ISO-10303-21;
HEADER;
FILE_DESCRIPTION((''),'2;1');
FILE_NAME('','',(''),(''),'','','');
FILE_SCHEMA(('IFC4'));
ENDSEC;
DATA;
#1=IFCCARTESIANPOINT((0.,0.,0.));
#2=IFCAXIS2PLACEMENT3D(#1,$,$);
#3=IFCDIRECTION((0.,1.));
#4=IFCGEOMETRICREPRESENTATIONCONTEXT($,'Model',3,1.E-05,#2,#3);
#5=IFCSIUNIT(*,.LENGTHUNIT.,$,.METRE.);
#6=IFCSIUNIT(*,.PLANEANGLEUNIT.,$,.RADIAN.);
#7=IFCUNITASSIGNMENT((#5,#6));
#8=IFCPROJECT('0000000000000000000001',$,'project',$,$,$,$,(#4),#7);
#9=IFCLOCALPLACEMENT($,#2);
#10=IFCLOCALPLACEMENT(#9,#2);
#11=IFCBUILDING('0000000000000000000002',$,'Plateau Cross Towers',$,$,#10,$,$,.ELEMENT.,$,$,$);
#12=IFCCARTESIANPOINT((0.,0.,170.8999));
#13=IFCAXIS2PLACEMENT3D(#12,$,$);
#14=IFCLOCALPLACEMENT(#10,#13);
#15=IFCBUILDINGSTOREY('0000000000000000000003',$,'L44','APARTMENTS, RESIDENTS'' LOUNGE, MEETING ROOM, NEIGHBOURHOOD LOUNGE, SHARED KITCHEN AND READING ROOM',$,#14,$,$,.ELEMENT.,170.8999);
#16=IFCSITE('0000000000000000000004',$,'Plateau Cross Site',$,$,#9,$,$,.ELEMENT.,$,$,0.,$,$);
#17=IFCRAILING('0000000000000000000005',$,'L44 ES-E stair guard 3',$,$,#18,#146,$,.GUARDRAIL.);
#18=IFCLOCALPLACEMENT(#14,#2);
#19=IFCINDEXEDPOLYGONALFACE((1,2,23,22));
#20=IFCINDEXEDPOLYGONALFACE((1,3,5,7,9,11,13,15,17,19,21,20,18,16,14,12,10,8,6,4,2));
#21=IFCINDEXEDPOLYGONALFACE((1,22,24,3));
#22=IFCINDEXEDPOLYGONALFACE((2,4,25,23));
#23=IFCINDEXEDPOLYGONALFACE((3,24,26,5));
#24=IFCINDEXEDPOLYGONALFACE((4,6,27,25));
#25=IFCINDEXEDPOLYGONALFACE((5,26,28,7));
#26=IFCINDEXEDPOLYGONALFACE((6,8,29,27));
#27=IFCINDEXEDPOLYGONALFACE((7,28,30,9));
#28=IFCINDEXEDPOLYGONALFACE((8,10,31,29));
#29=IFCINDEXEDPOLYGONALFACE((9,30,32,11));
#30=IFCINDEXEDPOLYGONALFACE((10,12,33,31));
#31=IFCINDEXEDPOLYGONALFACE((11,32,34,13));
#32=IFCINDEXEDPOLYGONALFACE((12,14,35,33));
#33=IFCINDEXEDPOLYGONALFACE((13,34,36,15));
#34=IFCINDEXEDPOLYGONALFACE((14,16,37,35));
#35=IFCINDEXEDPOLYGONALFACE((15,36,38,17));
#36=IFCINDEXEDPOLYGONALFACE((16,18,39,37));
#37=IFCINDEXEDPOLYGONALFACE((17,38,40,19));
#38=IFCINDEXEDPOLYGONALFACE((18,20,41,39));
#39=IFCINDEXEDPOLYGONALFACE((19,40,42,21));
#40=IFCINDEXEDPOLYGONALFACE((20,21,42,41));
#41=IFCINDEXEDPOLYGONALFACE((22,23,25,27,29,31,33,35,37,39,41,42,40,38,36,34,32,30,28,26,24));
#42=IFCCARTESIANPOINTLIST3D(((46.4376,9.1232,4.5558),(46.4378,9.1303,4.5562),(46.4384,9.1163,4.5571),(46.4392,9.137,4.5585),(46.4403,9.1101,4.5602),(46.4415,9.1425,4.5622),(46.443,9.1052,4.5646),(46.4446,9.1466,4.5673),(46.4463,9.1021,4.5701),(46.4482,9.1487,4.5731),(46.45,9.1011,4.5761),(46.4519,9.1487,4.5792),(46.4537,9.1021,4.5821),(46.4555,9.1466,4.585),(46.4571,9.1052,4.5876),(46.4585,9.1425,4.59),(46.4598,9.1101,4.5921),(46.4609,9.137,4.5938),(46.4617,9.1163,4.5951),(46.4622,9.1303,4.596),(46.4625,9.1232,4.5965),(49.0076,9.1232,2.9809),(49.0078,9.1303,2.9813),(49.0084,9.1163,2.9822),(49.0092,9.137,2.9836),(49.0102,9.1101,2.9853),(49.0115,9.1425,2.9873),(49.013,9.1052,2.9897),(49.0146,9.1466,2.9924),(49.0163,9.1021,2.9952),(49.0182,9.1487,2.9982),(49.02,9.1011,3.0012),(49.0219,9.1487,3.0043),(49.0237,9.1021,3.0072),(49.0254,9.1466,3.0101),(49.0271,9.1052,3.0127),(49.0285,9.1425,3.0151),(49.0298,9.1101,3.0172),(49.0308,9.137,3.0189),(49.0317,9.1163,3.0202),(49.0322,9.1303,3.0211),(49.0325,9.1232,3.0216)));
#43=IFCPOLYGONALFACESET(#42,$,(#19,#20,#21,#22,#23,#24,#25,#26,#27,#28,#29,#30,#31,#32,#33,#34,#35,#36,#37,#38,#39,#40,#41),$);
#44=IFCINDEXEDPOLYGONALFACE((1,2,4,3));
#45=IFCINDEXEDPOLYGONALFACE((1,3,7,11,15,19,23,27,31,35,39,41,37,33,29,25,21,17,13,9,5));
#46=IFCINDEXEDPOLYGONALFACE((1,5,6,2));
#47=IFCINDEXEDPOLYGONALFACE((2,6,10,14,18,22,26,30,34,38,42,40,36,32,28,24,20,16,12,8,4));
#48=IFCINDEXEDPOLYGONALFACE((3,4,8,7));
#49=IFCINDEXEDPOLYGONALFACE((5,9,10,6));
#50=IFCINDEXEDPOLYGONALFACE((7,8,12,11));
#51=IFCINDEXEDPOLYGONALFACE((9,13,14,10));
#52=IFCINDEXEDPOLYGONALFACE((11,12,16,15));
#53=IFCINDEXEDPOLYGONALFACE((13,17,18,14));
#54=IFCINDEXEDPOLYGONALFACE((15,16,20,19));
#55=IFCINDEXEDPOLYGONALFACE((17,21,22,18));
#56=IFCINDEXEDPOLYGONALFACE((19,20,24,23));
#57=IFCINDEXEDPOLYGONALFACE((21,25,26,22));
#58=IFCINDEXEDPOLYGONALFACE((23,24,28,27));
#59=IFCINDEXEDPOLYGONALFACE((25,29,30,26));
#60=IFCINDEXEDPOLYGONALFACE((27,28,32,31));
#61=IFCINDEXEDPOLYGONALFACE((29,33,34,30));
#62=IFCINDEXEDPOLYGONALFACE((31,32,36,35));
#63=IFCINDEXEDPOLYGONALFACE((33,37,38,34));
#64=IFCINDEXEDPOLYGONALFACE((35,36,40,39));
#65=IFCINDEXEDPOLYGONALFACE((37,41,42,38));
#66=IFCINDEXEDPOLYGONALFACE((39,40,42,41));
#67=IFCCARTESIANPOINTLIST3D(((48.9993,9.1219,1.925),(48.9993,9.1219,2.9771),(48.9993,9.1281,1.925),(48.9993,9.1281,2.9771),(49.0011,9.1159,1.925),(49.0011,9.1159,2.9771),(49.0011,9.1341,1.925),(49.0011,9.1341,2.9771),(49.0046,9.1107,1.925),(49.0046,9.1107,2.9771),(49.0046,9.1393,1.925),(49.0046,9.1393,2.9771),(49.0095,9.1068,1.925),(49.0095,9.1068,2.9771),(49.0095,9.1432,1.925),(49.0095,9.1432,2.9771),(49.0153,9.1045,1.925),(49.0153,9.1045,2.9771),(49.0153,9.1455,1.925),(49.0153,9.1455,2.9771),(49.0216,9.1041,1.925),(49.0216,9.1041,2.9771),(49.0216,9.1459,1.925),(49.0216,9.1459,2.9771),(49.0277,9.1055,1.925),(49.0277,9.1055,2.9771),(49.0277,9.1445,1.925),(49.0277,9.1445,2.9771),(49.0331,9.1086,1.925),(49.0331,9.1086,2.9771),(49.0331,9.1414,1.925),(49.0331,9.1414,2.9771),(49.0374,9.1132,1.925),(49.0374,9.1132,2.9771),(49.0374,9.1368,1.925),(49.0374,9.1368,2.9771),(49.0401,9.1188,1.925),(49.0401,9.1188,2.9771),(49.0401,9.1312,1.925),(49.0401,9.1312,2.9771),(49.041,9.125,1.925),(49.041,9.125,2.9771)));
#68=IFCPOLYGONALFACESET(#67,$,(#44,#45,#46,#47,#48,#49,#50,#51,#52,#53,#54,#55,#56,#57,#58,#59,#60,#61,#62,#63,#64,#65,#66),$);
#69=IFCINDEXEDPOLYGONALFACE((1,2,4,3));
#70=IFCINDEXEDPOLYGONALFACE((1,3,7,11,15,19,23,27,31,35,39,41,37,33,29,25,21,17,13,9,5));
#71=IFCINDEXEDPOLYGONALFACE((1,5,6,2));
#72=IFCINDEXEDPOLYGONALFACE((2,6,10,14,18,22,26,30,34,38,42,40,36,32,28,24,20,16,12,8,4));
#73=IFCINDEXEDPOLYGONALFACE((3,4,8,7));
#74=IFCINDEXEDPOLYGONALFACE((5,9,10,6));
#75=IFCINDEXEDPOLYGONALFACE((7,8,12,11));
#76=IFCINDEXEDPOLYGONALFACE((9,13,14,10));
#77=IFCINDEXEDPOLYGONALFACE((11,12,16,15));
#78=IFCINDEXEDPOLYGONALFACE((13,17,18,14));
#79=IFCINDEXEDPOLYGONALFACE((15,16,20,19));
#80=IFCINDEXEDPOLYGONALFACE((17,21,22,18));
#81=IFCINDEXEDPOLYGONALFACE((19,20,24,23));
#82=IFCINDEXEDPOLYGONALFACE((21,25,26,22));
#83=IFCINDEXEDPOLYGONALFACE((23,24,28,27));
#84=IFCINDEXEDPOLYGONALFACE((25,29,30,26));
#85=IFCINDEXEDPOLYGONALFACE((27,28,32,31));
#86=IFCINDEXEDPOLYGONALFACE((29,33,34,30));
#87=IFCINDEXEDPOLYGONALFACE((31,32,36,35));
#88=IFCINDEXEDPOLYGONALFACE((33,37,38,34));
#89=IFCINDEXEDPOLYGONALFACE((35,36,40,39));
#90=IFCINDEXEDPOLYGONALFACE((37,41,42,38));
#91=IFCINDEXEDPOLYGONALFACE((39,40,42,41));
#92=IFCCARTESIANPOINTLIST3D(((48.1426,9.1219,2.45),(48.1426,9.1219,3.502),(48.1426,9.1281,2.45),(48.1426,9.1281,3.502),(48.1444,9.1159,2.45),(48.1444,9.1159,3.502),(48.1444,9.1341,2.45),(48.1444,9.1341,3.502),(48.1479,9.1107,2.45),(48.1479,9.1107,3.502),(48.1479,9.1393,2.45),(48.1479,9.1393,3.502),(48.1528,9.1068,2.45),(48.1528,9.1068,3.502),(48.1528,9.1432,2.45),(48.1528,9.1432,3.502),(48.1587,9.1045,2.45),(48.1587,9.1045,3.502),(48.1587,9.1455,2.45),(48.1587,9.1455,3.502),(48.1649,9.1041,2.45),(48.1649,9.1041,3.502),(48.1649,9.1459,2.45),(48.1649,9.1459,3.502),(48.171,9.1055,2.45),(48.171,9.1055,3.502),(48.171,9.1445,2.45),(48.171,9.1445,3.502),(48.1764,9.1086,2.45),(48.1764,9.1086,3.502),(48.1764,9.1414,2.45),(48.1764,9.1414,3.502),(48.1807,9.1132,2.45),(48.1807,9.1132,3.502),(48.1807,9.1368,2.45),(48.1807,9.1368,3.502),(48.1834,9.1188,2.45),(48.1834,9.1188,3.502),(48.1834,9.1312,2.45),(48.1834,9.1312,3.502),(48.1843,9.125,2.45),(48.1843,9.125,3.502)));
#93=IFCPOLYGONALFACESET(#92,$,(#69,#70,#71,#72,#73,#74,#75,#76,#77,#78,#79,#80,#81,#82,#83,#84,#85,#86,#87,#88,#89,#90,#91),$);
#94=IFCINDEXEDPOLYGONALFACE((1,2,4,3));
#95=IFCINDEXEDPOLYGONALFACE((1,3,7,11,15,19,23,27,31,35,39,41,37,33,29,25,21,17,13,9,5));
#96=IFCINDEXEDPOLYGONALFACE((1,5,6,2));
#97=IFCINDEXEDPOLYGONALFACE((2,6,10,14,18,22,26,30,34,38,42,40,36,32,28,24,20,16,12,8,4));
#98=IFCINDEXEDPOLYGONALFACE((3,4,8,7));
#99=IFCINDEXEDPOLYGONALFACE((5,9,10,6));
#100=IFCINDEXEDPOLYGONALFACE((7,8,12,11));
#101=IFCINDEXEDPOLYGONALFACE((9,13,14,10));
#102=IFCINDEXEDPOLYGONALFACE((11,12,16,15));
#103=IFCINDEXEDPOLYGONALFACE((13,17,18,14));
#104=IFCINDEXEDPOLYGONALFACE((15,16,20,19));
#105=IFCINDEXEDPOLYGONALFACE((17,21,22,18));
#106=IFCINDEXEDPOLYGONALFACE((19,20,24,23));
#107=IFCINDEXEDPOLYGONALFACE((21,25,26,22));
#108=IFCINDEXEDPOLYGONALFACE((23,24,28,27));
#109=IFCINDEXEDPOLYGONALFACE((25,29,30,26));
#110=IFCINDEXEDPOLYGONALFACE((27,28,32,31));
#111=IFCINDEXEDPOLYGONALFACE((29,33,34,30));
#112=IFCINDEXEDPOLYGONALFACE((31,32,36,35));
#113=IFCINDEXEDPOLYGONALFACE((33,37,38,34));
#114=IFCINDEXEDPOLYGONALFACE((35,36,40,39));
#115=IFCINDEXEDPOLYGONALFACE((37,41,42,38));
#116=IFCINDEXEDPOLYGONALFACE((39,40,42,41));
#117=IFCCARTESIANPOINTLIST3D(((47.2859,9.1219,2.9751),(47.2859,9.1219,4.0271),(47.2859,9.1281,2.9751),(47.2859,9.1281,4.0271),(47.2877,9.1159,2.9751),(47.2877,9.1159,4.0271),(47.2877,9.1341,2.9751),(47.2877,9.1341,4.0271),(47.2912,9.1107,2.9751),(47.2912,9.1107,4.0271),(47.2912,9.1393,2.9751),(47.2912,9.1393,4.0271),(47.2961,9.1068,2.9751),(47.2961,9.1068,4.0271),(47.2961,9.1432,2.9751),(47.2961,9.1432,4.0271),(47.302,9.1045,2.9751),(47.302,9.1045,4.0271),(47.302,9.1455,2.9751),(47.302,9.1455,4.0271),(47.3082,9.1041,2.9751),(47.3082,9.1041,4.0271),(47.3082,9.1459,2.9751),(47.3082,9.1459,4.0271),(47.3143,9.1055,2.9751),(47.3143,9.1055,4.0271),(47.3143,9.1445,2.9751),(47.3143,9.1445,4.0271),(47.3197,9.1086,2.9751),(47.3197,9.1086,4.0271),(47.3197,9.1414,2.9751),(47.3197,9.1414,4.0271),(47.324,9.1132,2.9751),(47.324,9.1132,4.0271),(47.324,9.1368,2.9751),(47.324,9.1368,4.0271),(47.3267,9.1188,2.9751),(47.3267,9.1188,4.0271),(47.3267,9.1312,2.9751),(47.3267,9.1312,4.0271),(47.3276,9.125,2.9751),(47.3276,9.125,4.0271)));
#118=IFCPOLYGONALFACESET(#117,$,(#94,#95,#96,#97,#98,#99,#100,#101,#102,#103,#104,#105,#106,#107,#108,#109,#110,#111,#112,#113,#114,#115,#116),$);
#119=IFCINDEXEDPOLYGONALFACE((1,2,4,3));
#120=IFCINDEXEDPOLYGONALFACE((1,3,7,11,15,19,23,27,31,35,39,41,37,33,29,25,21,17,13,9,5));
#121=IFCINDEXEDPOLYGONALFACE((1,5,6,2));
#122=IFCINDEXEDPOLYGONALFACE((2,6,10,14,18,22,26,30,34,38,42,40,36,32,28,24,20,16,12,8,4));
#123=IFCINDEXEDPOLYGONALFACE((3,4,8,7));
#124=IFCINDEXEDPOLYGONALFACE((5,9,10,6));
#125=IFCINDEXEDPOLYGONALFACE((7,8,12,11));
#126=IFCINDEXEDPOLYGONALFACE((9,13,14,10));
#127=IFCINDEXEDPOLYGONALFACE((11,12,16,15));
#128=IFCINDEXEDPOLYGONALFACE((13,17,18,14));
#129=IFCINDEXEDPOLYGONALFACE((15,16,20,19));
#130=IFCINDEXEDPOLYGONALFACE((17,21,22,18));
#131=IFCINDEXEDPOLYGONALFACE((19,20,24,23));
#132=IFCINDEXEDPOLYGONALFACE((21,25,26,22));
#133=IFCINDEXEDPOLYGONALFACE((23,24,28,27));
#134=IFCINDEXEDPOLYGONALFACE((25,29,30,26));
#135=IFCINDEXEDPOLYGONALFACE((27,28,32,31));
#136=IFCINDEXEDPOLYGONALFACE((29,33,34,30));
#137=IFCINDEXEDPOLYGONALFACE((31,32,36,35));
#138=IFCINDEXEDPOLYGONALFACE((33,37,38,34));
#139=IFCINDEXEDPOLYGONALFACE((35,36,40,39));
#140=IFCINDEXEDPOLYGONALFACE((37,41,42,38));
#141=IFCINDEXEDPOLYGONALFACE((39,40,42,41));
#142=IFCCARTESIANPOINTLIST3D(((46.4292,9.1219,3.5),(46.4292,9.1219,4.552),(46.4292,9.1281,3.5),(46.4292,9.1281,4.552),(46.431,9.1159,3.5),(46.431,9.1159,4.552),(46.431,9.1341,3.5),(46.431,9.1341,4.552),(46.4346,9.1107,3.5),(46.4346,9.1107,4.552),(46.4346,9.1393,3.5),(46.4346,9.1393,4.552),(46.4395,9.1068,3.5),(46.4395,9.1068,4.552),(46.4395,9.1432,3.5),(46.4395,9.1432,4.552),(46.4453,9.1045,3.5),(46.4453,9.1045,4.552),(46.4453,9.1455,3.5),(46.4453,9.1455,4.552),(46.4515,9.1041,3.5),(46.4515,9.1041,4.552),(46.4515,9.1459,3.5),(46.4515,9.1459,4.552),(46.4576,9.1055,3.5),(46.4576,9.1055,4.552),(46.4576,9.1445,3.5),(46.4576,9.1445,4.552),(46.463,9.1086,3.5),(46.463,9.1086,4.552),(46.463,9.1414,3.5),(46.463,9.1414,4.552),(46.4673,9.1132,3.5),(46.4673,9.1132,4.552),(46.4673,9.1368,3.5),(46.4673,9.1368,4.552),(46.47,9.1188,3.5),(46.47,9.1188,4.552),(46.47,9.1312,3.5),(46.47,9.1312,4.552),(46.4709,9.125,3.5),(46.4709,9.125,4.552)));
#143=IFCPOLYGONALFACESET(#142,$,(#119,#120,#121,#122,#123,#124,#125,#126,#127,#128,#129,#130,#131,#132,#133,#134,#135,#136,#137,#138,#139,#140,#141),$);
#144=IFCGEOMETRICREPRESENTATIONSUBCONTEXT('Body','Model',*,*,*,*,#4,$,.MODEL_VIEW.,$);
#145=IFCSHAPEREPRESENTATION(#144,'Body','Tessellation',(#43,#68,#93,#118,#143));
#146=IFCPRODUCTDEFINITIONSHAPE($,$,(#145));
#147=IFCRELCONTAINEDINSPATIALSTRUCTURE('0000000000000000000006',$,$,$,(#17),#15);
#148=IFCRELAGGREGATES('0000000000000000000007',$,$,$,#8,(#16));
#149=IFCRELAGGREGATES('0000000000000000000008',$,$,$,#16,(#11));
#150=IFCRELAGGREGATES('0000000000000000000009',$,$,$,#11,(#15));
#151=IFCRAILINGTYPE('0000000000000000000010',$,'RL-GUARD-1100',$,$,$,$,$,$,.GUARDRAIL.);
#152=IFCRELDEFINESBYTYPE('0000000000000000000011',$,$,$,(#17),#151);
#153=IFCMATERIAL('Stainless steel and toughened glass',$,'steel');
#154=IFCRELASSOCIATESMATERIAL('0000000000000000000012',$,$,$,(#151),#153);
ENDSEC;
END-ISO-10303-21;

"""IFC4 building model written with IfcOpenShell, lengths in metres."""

from ifc_helpers import new_model, si_unit, direction, frame, origin, origin_2d, place, context, subcontext, project, spatial, circle, extrude, material, type_object, element, save


model = new_model("IFC4")

# Units and contexts
model_context = context("Model", 3, precision=1e-05, world=origin(), true_north=direction((0.0, 1.0)))
body_context = subcontext(model_context, "Body", "Model", "MODEL_VIEW")
ifc_project = project(units=[si_unit("LENGTHUNIT", "METRE"), si_unit("PLANEANGLEUNIT", "RADIAN")], contexts=[model_context])

# Site, building, storey
site_placement = place(None, origin())
site = spatial("IfcSite", under=ifc_project, at=site_placement, Name="Plateau Cross Site", CompositionType="ELEMENT", RefElevation=0.0)
building_placement = place(site_placement, origin())
building = spatial("IfcBuilding", under=site, at=building_placement, Name="Plateau Cross Towers", CompositionType="ELEMENT")
storey_placement = place(building_placement, frame((0.0, 0.0, 170.8999)))
storey = spatial("IfcBuildingStorey", under=building, at=storey_placement, Name="L44", Description="APARTMENTS, RESIDENTS' LOUNGE, MEETING ROOM, NEIGHBOURHOOD LOUNGE, SHARED KITCHEN AND READING ROOM", CompositionType="ELEMENT", Elevation=170.8999)

# Railing
ifc_material_1 = material(Name="Stainless steel and toughened glass", Category="steel")
railing_type_1 = type_object("IfcRailingType", Name="RL-GUARD-1100", PredefinedType="GUARDRAIL", material=ifc_material_1)
railing_1_placement = place(storey_placement, frame((49.02, 9.125, 1.925)))
element("IfcRailing", 1, at=railing_1_placement, inside=storey, type_object=railing_type_1, Name="L44 ES-E stair guard 3", PredefinedType="GUARDRAIL", context=body_context, shape_type="SweptSolid", body=[
    extrude(circle(Radius=0.0239, at=origin_2d()), frame((0.0, 0.0, 1.0762), z_axis=(-0.852639, 0.0, 0.522501), x_axis=(0.0, -1.0, 0.0)), (0.0, 0.0, 1.0), 3.0142),
    extrude(circle(Radius=0.021, at=origin_2d()), origin(), (0.0, 0.0, 1.0), 1.052),
    extrude(circle(Radius=0.021, at=origin_2d()), frame((-0.8567, 0.0, 0.5249)), (0.0, 0.0, 1.0), 1.052),
    extrude(circle(Radius=0.021, at=origin_2d()), frame((-1.7134, 0.0, 1.05)), (0.0, 0.0, 1.0), 1.052),
    extrude(circle(Radius=0.021, at=origin_2d()), frame((-2.5701, 0.0, 1.575)), (0.0, 0.0, 1.0), 1.052),
])

save(model, "model.ifc")
